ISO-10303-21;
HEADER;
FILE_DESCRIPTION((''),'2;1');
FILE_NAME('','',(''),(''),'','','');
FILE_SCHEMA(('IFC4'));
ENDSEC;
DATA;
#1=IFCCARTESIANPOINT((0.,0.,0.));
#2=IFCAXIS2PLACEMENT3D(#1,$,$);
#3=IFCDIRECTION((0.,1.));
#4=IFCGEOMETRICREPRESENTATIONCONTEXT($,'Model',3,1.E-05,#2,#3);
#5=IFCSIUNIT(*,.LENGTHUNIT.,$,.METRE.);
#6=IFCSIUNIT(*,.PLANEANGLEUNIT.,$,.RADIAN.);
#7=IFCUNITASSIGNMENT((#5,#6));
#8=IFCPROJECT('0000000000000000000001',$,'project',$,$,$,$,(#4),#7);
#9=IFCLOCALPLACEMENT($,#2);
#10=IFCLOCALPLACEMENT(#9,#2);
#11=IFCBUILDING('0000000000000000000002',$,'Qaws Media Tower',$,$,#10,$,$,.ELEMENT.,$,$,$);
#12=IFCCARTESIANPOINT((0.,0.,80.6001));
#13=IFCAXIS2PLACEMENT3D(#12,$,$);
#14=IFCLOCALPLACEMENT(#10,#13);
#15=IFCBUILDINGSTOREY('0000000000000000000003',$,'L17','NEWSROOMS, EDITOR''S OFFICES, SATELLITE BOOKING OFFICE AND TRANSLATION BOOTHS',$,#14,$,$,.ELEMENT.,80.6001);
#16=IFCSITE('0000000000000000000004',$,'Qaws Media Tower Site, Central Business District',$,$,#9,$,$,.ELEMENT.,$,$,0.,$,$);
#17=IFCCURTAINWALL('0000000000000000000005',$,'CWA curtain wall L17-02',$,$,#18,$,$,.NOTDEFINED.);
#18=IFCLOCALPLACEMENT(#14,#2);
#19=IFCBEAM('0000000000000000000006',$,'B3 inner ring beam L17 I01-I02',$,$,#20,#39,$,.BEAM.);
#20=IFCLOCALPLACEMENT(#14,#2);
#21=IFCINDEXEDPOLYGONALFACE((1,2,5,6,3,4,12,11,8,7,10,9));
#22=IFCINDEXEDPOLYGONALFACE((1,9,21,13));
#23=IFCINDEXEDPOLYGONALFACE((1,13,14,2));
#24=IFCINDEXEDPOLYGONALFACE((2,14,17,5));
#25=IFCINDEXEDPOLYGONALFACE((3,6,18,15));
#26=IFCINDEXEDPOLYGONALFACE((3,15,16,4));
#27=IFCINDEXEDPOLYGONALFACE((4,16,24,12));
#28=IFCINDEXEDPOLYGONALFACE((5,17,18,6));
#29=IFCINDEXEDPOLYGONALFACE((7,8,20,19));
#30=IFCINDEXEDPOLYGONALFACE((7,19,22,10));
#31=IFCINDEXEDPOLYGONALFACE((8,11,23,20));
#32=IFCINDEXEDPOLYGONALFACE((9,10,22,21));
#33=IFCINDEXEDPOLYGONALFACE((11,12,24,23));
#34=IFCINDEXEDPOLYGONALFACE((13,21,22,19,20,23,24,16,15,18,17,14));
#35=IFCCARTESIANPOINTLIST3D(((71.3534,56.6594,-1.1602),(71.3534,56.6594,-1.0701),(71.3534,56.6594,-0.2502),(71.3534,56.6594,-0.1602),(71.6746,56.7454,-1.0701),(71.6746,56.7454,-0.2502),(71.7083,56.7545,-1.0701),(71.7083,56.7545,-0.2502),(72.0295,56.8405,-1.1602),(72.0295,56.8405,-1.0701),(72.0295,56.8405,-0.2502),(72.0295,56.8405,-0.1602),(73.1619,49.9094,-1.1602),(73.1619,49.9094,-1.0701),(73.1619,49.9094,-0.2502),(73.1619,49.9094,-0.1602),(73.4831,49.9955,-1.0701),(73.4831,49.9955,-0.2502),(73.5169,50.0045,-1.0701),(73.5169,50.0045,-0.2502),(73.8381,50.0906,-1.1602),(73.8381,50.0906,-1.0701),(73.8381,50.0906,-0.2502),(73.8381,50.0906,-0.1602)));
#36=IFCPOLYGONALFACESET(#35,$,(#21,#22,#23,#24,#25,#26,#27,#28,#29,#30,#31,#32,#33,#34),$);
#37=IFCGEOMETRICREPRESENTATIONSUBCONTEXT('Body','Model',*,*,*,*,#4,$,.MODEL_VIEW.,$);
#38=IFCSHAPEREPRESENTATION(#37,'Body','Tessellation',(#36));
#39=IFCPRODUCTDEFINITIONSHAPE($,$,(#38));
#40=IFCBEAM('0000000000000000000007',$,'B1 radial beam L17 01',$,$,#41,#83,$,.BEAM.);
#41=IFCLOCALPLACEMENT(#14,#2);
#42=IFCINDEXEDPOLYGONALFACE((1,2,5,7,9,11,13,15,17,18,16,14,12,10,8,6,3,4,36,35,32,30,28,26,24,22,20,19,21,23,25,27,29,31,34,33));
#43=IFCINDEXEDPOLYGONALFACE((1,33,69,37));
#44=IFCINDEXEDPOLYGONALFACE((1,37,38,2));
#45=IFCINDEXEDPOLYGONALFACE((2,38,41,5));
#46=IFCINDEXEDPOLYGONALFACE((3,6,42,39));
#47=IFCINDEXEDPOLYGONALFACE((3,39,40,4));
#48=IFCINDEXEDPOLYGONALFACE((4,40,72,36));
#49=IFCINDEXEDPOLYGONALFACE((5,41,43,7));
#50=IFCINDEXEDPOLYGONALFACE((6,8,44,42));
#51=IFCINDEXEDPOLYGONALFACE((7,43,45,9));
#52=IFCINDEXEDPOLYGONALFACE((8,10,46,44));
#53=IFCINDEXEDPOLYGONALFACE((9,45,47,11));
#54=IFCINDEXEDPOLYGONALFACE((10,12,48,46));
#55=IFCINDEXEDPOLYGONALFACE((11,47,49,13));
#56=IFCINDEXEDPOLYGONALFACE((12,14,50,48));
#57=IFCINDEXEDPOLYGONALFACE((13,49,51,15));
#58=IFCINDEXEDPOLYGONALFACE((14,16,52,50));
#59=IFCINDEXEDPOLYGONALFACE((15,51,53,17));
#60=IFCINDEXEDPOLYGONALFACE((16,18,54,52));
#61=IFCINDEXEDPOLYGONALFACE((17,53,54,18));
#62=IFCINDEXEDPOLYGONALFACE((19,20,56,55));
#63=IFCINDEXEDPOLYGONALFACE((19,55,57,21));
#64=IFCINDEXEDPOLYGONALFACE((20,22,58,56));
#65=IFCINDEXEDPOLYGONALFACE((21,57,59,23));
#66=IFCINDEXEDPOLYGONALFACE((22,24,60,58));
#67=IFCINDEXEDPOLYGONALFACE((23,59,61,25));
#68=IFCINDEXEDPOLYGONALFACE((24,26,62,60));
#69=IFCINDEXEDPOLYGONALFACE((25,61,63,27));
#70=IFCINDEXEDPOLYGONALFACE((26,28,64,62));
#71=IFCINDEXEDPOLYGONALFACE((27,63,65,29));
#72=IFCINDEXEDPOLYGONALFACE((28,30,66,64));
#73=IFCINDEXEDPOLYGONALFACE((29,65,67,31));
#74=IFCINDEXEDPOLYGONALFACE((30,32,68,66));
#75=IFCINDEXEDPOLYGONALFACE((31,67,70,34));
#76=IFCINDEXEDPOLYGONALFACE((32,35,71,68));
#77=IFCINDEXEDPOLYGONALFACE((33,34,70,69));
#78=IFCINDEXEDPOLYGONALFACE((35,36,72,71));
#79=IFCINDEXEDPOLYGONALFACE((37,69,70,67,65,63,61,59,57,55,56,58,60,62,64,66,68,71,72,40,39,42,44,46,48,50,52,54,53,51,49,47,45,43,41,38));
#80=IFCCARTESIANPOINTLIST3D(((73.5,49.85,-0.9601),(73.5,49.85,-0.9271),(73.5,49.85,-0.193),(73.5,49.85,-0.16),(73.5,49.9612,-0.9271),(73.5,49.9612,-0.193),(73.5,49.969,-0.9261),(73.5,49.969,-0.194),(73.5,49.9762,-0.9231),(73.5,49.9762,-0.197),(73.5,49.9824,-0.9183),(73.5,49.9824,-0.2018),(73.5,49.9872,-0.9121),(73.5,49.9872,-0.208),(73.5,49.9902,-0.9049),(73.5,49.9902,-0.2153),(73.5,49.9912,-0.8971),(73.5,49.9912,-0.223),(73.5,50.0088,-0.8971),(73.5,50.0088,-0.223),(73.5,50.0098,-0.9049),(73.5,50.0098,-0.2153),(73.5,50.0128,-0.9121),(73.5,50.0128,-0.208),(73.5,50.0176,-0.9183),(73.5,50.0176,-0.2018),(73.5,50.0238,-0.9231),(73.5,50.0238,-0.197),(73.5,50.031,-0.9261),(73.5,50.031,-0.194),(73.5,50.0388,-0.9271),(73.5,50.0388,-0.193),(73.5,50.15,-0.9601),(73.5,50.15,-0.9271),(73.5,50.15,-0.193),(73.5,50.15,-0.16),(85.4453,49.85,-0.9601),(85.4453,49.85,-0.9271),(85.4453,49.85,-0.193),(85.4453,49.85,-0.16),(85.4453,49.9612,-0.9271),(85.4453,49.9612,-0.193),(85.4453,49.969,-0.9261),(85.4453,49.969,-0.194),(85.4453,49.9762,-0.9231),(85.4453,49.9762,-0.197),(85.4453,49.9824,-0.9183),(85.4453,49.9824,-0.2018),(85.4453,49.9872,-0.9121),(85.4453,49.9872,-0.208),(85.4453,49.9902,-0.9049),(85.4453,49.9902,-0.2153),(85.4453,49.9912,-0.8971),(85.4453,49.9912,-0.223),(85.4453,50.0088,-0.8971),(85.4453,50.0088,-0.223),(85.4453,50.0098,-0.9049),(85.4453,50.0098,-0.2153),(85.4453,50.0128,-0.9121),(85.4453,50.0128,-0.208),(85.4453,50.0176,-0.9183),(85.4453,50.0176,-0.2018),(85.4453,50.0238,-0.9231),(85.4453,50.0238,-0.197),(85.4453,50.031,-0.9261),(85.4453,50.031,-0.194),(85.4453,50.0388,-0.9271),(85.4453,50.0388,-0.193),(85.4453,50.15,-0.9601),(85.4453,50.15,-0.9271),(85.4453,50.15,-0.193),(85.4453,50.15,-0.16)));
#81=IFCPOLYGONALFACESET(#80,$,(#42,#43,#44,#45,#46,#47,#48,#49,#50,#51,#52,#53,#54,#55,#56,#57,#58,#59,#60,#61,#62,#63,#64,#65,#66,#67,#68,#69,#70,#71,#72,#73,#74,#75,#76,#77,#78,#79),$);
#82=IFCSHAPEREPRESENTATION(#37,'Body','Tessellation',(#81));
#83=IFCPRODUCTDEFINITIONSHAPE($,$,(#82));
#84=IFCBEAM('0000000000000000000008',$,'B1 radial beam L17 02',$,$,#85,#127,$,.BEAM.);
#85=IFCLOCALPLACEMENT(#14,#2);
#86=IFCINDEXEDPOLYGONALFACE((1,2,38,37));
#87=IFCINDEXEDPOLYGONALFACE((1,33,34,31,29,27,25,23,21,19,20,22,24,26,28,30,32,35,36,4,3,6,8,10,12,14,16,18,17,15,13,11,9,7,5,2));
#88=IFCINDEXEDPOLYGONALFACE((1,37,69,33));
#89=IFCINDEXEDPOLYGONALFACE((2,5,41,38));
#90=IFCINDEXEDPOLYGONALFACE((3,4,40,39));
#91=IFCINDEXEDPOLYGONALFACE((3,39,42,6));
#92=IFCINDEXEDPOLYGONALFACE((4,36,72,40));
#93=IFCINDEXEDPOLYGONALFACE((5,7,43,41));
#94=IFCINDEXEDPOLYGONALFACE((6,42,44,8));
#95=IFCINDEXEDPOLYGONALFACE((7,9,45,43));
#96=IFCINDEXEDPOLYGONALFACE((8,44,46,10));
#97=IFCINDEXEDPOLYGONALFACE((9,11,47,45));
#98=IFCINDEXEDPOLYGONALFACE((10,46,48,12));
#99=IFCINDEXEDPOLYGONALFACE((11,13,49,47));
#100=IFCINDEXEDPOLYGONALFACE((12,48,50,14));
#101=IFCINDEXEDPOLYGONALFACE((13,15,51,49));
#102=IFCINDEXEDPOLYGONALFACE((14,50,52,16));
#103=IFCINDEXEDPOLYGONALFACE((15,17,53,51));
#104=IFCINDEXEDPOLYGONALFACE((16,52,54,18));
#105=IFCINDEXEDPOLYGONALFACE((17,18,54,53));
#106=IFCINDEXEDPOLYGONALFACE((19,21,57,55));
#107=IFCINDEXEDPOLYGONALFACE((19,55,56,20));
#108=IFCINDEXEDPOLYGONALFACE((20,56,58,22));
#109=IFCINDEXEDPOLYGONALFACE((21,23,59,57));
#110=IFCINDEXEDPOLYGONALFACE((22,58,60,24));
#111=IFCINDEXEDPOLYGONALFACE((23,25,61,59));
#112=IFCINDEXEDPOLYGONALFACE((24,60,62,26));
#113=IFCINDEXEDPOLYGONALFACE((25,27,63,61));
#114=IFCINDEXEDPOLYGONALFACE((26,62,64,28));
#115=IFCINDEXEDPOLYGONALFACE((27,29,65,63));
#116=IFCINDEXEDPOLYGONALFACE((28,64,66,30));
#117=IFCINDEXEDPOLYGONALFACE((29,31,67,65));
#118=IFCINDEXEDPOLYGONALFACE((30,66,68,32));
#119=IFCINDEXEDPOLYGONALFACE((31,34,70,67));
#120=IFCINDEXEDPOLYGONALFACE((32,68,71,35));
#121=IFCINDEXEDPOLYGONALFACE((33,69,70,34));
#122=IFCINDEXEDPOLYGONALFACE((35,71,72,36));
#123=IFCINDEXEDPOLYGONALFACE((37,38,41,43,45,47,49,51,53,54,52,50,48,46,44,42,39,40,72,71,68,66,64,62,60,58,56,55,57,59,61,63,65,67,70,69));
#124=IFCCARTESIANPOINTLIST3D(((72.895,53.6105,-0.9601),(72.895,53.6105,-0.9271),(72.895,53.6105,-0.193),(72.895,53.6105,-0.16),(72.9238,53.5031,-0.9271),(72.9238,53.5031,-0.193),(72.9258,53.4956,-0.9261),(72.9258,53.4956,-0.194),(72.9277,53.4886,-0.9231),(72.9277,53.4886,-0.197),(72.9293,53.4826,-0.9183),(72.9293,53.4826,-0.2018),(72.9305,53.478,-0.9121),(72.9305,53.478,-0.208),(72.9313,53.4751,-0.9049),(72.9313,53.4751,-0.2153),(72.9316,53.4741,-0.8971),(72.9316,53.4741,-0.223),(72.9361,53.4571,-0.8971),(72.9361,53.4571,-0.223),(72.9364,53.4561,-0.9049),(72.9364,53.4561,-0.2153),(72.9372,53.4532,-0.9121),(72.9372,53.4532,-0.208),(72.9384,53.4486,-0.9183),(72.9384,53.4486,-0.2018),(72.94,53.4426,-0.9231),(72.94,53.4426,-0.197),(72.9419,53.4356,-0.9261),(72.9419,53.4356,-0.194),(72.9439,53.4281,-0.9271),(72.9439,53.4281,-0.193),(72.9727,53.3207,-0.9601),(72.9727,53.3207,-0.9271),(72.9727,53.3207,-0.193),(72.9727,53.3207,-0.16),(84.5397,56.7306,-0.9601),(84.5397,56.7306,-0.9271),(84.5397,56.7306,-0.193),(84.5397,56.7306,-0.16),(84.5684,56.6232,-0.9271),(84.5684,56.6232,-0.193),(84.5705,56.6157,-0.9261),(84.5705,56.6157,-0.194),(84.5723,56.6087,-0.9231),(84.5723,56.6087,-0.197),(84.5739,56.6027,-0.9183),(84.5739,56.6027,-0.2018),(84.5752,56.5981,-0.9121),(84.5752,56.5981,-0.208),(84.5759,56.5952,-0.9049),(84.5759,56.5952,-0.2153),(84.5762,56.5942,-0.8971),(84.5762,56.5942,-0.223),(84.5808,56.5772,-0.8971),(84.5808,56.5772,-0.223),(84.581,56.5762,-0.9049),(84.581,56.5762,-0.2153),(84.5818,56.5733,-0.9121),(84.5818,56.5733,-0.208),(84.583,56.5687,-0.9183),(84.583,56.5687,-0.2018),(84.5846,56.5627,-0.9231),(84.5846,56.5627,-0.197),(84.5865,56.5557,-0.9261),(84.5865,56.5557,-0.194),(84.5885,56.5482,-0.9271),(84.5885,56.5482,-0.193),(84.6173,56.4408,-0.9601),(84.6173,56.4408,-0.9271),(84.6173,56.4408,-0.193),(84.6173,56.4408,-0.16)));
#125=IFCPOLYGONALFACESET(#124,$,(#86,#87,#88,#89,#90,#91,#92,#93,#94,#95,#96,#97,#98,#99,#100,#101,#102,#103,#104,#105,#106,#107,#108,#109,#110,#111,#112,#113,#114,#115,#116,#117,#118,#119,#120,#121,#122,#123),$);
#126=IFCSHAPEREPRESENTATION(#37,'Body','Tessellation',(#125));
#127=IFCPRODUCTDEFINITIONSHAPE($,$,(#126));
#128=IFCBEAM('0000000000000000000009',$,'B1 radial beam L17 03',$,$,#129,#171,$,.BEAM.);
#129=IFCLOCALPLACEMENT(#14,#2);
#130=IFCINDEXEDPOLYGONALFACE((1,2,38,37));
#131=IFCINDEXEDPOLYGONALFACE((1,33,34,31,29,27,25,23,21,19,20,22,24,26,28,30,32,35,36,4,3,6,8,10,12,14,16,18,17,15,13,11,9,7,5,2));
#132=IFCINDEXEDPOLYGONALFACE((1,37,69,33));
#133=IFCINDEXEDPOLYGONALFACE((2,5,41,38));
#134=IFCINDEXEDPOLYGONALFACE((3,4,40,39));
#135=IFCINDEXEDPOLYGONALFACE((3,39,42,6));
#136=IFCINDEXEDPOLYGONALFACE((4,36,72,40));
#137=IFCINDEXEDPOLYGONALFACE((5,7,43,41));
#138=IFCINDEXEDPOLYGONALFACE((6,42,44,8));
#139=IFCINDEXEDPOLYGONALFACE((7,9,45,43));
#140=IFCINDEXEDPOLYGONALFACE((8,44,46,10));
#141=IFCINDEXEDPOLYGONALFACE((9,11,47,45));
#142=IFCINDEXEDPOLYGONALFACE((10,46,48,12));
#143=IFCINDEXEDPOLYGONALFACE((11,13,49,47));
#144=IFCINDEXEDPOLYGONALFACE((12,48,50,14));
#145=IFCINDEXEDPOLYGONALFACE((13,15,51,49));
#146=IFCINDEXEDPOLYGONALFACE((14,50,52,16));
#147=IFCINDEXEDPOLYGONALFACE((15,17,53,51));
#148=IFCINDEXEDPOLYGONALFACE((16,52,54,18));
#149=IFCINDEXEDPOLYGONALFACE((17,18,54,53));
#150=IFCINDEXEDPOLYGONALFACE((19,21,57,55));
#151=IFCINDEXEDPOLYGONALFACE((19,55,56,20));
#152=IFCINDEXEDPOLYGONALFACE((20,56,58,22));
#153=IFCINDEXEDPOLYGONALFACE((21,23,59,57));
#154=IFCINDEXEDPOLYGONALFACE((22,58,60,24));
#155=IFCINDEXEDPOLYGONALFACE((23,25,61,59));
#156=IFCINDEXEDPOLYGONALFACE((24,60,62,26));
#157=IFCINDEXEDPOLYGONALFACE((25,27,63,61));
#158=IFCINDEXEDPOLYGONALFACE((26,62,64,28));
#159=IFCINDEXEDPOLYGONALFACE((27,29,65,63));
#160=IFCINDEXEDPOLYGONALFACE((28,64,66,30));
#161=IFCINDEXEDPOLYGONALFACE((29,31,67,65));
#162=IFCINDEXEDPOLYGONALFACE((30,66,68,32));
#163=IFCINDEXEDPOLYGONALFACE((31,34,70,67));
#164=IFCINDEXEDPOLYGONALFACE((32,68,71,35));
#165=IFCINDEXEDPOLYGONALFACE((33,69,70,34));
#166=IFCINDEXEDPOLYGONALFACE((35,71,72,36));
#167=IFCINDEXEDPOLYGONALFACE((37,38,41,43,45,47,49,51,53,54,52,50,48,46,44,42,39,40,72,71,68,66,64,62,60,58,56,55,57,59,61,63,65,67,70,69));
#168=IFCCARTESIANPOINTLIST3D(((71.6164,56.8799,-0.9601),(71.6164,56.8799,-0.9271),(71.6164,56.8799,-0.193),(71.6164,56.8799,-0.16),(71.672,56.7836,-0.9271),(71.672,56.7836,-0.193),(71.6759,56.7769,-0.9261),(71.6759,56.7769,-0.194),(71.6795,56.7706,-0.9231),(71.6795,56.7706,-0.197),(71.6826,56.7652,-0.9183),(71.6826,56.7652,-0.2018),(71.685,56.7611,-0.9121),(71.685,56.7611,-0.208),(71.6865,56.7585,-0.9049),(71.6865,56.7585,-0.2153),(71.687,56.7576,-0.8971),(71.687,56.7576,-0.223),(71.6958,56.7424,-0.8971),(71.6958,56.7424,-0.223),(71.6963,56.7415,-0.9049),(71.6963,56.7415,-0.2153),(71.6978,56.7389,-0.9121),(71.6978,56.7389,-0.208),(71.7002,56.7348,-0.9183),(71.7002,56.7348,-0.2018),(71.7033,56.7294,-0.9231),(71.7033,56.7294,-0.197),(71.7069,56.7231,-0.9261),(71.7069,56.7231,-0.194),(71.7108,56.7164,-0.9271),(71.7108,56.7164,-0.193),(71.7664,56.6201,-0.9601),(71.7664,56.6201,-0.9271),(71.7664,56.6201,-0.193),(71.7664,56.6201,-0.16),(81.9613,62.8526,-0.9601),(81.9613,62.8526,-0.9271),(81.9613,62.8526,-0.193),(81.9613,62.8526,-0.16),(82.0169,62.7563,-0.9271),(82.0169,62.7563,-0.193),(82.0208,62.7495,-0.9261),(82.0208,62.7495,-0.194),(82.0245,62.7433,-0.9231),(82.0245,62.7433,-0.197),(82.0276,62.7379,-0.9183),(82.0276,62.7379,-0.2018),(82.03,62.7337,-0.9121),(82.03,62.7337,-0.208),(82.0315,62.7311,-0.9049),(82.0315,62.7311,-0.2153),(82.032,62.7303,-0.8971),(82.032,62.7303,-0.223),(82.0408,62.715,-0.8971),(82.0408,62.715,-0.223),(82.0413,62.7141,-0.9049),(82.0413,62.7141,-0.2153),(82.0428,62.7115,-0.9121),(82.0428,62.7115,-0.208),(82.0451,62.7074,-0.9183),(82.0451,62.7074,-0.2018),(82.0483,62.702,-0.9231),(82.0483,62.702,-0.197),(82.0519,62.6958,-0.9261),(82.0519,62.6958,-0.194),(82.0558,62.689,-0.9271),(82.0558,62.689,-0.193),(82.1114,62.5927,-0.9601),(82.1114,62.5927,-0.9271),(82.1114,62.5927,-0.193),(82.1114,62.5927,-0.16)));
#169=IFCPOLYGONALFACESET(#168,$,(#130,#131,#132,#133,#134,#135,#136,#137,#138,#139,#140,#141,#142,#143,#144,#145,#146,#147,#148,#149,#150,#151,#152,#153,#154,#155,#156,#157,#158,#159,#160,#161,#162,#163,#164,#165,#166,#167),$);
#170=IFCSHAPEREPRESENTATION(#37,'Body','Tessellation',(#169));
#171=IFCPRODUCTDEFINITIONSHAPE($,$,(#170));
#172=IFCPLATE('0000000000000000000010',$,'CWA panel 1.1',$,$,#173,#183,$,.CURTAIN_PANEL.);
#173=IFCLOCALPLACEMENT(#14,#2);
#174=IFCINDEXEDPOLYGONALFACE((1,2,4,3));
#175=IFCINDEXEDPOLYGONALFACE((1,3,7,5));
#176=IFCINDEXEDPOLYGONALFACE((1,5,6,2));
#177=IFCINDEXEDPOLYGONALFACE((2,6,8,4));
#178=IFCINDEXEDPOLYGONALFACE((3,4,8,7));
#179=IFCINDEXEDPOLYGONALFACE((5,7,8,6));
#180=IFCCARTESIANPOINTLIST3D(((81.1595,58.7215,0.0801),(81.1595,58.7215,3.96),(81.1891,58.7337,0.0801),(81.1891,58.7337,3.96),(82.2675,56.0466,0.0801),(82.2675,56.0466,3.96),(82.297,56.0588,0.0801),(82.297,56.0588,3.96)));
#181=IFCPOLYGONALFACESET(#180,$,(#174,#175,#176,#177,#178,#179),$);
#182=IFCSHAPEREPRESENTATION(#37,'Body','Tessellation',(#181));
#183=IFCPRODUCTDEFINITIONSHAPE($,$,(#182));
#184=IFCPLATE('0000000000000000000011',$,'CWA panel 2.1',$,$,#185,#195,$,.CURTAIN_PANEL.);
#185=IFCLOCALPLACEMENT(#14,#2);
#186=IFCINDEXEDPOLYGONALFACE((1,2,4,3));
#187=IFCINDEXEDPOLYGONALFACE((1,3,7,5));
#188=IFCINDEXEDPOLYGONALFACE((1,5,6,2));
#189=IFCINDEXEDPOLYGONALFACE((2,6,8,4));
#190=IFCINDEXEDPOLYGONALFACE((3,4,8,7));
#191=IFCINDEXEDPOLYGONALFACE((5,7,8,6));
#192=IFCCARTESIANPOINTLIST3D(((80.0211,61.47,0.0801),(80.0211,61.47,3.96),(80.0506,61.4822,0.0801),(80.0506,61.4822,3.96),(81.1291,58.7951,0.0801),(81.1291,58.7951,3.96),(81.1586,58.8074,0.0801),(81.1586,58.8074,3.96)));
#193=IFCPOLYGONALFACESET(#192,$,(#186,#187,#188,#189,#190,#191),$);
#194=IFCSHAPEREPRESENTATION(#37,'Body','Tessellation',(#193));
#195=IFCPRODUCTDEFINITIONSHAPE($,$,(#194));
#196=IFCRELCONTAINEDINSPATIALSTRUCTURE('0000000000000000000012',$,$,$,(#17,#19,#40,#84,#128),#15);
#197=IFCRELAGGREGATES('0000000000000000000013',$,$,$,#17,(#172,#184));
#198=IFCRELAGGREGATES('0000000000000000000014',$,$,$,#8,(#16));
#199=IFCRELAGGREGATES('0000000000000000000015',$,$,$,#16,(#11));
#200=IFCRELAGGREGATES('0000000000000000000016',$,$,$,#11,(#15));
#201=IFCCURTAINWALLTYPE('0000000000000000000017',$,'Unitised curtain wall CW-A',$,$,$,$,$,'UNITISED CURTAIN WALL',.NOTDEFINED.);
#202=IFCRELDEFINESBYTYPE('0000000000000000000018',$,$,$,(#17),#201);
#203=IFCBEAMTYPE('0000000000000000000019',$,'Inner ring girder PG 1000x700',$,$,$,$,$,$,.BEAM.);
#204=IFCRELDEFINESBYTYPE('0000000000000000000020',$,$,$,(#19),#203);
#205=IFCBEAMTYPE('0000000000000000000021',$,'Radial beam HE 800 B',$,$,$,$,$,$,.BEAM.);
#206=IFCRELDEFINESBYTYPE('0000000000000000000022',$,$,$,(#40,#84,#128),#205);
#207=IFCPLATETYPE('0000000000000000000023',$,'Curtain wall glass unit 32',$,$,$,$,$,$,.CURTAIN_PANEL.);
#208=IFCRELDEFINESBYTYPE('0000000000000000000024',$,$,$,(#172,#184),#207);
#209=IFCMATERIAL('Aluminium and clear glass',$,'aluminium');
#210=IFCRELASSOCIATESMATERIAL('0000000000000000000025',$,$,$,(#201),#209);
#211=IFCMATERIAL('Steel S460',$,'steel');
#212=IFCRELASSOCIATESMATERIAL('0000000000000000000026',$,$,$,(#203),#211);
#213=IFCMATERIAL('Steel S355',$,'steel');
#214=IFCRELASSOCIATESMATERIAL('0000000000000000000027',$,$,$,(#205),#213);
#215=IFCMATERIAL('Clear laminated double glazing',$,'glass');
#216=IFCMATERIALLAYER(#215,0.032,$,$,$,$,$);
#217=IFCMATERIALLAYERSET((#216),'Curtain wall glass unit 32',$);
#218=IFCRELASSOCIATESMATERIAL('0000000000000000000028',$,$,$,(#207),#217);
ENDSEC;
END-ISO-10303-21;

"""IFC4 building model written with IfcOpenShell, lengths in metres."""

from ifc_helpers import new_model, si_unit, direction, frame, origin, origin_2d, place, context, subcontext, project, spatial, rectangle, i_section, extrude, material, layer, layer_set, material_profile, profile_set, type_object, element, aggregate, save


model = new_model("IFC4")

# Units and contexts
model_context = context("Model", 3, precision=1e-05, world=origin(), true_north=direction((0.0, 1.0)))
body_context = subcontext(model_context, "Body", "Model", "MODEL_VIEW")
ifc_project = project(units=[si_unit("LENGTHUNIT", "METRE"), si_unit("PLANEANGLEUNIT", "RADIAN")], contexts=[model_context])

# Site, building, storey
site_placement = place(None, origin())
site = spatial("IfcSite", under=ifc_project, at=site_placement, Name="Qaws Media Tower Site, Central Business District", CompositionType="ELEMENT", RefElevation=0.0)
building_placement = place(site_placement, origin())
building = spatial("IfcBuilding", under=site, at=building_placement, Name="Qaws Media Tower", CompositionType="ELEMENT")
storey_placement = place(building_placement, frame((0.0, 0.0, 80.6001)))
storey = spatial("IfcBuildingStorey", under=building, at=storey_placement, Name="L17", Description="NEWSROOMS, EDITOR'S OFFICES, SATELLITE BOOKING OFFICE AND TRANSLATION BOOTHS", CompositionType="ELEMENT", Elevation=80.6001)

# Curtain wall
ifc_material_1 = material(Name="Aluminium and clear glass", Category="aluminium")
curtain_wall_type = type_object("IfcCurtainWallType", Name="Unitised curtain wall CW-A", ElementType="UNITISED CURTAIN WALL", PredefinedType="NOTDEFINED", material=ifc_material_1)
curtain_wall_1_placement = place(storey_placement, origin())
curtain_wall_1 = element("IfcCurtainWall", 1, at=curtain_wall_1_placement, inside=storey, type_object=curtain_wall_type, Name="CWA curtain wall L17-02", PredefinedType="NOTDEFINED")

# Beams
ifc_material_2 = material(Name="Steel S460", Category="steel")
ifc_material_profile_1 = material_profile(ifc_material_2, i_section(OverallWidth=0.7, OverallDepth=1.0, WebThickness=0.0349, FlangeThickness=0.0901, at=origin_2d()), Name="PG 1000x700")
ifc_profile_set_1 = profile_set([ifc_material_profile_1], Name="Steel S460")
beam_type_1 = type_object("IfcBeamType", Name="Inner ring girder PG 1000x700", PredefinedType="BEAM", material=ifc_profile_set_1)
beam_1_placement = place(storey_placement, frame((73.5, 50.0, -0.6602), z_axis=(-0.258811, 0.965928, 0.0), x_axis=(-0.965928, -0.258811, 0.0)))
element("IfcBeam", 2, at=beam_1_placement, inside=storey, type_object=beam_type_1, Name="B3 inner ring beam L17 I01-I02", PredefinedType="BEAM", context=body_context, shape_type="SweptSolid", body=[
    extrude(i_section(OverallWidth=0.7, OverallDepth=1.0, WebThickness=0.0349, FlangeThickness=0.0901, at=origin_2d()), origin(), (0.0, 0.0, 1.0), 6.988),
])
ifc_material_3 = material(Name="Steel S355", Category="steel")
ifc_material_profile_2 = material_profile(ifc_material_3, i_section(OverallWidth=0.3, OverallDepth=0.8, WebThickness=0.0176, FlangeThickness=0.033, FilletRadius=0.03, at=origin_2d()), Name="HE 800 B")
ifc_profile_set_2 = profile_set([ifc_material_profile_2], Name="Steel S355")
beam_type_2 = type_object("IfcBeamType", Name="Radial beam HE 800 B", PredefinedType="BEAM", material=ifc_profile_set_2)
beam_2_placement = place(storey_placement, frame((73.5, 50.0, -0.5601), z_axis=(1.0, 0.0, 0.0), x_axis=(0.0, 1.0, 0.0)))
element("IfcBeam", 3, at=beam_2_placement, inside=storey, type_object=beam_type_2, Name="B1 radial beam L17 01", PredefinedType="BEAM", context=body_context, shape_type="SweptSolid", body=[
    extrude(i_section(OverallWidth=0.3, OverallDepth=0.8, WebThickness=0.0176, FlangeThickness=0.033, FilletRadius=0.03, at=origin_2d()), origin(), (0.0, 0.0, 1.0), 11.9453),
])
beam_3_placement = place(storey_placement, frame((72.9338, 53.4656, -0.5601), z_axis=(0.965926, 0.258817, 0.0), x_axis=(-0.258817, 0.965926, 0.0)))
element("IfcBeam", 4, at=beam_3_placement, inside=storey, type_object=beam_type_2, Name="B1 radial beam L17 02", PredefinedType="BEAM", context=body_context, shape_type="SweptSolid", body=[
    extrude(i_section(OverallWidth=0.3, OverallDepth=0.8, WebThickness=0.0176, FlangeThickness=0.033, FilletRadius=0.03, at=origin_2d()), origin(), (0.0, 0.0, 1.0), 12.0554),
])
beam_4_placement = place(storey_placement, frame((71.6914, 56.75, -0.5601), z_axis=(0.866026, 0.499999, 0.0), x_axis=(-0.499999, 0.866026, 0.0)))
element("IfcBeam", 5, at=beam_4_placement, inside=storey, type_object=beam_type_2, Name="B1 radial beam L17 03", PredefinedType="BEAM", context=body_context, shape_type="SweptSolid", body=[
    extrude(i_section(OverallWidth=0.3, OverallDepth=0.8, WebThickness=0.0176, FlangeThickness=0.033, FilletRadius=0.03, at=origin_2d()), origin(), (0.0, 0.0, 1.0), 11.9453),
])

# Plates
ifc_material_4 = material(Name="Clear laminated double glazing", Category="glass")
ifc_layer_1 = layer(ifc_material_4, 0.032)
ifc_layer_set_1 = layer_set([ifc_layer_1], Name="Curtain wall glass unit 32")
plate_type_1 = type_object("IfcPlateType", Name="Curtain wall glass unit 32", PredefinedType="CURTAIN_PANEL", material=ifc_layer_set_1)
plate_1_placement = place(storey_placement, frame((81.7283, 57.3901, 0.0801), z_axis=(0.0, 0.0, 1.0), x_axis=(-0.382683, 0.92388, 0.0)))
plate_1 = element("IfcPlate", 6, at=plate_1_placement, type_object=plate_type_1, Name="CWA panel 1.1", PredefinedType="CURTAIN_PANEL", context=body_context, shape_type="SweptSolid", body=[
    extrude(rectangle(XDim=2.8953, YDim=0.032, at=origin_2d()), origin(), (0.0, 0.0, 1.0), 3.8799),
])
plate_2_placement = place(storey_placement, frame((80.5898, 60.1387, 0.0801), z_axis=(0.0, 0.0, 1.0), x_axis=(-0.382683, 0.92388, 0.0)))
plate_2 = element("IfcPlate", 7, at=plate_2_placement, type_object=plate_type_1, Name="CWA panel 2.1", PredefinedType="CURTAIN_PANEL", context=body_context, shape_type="SweptSolid", body=[
    extrude(rectangle(XDim=2.8953, YDim=0.032, at=origin_2d()), origin(), (0.0, 0.0, 1.0), 3.8799),
])
aggregate(curtain_wall_1, [plate_1, plate_2])

save(model, "model.ifc")
